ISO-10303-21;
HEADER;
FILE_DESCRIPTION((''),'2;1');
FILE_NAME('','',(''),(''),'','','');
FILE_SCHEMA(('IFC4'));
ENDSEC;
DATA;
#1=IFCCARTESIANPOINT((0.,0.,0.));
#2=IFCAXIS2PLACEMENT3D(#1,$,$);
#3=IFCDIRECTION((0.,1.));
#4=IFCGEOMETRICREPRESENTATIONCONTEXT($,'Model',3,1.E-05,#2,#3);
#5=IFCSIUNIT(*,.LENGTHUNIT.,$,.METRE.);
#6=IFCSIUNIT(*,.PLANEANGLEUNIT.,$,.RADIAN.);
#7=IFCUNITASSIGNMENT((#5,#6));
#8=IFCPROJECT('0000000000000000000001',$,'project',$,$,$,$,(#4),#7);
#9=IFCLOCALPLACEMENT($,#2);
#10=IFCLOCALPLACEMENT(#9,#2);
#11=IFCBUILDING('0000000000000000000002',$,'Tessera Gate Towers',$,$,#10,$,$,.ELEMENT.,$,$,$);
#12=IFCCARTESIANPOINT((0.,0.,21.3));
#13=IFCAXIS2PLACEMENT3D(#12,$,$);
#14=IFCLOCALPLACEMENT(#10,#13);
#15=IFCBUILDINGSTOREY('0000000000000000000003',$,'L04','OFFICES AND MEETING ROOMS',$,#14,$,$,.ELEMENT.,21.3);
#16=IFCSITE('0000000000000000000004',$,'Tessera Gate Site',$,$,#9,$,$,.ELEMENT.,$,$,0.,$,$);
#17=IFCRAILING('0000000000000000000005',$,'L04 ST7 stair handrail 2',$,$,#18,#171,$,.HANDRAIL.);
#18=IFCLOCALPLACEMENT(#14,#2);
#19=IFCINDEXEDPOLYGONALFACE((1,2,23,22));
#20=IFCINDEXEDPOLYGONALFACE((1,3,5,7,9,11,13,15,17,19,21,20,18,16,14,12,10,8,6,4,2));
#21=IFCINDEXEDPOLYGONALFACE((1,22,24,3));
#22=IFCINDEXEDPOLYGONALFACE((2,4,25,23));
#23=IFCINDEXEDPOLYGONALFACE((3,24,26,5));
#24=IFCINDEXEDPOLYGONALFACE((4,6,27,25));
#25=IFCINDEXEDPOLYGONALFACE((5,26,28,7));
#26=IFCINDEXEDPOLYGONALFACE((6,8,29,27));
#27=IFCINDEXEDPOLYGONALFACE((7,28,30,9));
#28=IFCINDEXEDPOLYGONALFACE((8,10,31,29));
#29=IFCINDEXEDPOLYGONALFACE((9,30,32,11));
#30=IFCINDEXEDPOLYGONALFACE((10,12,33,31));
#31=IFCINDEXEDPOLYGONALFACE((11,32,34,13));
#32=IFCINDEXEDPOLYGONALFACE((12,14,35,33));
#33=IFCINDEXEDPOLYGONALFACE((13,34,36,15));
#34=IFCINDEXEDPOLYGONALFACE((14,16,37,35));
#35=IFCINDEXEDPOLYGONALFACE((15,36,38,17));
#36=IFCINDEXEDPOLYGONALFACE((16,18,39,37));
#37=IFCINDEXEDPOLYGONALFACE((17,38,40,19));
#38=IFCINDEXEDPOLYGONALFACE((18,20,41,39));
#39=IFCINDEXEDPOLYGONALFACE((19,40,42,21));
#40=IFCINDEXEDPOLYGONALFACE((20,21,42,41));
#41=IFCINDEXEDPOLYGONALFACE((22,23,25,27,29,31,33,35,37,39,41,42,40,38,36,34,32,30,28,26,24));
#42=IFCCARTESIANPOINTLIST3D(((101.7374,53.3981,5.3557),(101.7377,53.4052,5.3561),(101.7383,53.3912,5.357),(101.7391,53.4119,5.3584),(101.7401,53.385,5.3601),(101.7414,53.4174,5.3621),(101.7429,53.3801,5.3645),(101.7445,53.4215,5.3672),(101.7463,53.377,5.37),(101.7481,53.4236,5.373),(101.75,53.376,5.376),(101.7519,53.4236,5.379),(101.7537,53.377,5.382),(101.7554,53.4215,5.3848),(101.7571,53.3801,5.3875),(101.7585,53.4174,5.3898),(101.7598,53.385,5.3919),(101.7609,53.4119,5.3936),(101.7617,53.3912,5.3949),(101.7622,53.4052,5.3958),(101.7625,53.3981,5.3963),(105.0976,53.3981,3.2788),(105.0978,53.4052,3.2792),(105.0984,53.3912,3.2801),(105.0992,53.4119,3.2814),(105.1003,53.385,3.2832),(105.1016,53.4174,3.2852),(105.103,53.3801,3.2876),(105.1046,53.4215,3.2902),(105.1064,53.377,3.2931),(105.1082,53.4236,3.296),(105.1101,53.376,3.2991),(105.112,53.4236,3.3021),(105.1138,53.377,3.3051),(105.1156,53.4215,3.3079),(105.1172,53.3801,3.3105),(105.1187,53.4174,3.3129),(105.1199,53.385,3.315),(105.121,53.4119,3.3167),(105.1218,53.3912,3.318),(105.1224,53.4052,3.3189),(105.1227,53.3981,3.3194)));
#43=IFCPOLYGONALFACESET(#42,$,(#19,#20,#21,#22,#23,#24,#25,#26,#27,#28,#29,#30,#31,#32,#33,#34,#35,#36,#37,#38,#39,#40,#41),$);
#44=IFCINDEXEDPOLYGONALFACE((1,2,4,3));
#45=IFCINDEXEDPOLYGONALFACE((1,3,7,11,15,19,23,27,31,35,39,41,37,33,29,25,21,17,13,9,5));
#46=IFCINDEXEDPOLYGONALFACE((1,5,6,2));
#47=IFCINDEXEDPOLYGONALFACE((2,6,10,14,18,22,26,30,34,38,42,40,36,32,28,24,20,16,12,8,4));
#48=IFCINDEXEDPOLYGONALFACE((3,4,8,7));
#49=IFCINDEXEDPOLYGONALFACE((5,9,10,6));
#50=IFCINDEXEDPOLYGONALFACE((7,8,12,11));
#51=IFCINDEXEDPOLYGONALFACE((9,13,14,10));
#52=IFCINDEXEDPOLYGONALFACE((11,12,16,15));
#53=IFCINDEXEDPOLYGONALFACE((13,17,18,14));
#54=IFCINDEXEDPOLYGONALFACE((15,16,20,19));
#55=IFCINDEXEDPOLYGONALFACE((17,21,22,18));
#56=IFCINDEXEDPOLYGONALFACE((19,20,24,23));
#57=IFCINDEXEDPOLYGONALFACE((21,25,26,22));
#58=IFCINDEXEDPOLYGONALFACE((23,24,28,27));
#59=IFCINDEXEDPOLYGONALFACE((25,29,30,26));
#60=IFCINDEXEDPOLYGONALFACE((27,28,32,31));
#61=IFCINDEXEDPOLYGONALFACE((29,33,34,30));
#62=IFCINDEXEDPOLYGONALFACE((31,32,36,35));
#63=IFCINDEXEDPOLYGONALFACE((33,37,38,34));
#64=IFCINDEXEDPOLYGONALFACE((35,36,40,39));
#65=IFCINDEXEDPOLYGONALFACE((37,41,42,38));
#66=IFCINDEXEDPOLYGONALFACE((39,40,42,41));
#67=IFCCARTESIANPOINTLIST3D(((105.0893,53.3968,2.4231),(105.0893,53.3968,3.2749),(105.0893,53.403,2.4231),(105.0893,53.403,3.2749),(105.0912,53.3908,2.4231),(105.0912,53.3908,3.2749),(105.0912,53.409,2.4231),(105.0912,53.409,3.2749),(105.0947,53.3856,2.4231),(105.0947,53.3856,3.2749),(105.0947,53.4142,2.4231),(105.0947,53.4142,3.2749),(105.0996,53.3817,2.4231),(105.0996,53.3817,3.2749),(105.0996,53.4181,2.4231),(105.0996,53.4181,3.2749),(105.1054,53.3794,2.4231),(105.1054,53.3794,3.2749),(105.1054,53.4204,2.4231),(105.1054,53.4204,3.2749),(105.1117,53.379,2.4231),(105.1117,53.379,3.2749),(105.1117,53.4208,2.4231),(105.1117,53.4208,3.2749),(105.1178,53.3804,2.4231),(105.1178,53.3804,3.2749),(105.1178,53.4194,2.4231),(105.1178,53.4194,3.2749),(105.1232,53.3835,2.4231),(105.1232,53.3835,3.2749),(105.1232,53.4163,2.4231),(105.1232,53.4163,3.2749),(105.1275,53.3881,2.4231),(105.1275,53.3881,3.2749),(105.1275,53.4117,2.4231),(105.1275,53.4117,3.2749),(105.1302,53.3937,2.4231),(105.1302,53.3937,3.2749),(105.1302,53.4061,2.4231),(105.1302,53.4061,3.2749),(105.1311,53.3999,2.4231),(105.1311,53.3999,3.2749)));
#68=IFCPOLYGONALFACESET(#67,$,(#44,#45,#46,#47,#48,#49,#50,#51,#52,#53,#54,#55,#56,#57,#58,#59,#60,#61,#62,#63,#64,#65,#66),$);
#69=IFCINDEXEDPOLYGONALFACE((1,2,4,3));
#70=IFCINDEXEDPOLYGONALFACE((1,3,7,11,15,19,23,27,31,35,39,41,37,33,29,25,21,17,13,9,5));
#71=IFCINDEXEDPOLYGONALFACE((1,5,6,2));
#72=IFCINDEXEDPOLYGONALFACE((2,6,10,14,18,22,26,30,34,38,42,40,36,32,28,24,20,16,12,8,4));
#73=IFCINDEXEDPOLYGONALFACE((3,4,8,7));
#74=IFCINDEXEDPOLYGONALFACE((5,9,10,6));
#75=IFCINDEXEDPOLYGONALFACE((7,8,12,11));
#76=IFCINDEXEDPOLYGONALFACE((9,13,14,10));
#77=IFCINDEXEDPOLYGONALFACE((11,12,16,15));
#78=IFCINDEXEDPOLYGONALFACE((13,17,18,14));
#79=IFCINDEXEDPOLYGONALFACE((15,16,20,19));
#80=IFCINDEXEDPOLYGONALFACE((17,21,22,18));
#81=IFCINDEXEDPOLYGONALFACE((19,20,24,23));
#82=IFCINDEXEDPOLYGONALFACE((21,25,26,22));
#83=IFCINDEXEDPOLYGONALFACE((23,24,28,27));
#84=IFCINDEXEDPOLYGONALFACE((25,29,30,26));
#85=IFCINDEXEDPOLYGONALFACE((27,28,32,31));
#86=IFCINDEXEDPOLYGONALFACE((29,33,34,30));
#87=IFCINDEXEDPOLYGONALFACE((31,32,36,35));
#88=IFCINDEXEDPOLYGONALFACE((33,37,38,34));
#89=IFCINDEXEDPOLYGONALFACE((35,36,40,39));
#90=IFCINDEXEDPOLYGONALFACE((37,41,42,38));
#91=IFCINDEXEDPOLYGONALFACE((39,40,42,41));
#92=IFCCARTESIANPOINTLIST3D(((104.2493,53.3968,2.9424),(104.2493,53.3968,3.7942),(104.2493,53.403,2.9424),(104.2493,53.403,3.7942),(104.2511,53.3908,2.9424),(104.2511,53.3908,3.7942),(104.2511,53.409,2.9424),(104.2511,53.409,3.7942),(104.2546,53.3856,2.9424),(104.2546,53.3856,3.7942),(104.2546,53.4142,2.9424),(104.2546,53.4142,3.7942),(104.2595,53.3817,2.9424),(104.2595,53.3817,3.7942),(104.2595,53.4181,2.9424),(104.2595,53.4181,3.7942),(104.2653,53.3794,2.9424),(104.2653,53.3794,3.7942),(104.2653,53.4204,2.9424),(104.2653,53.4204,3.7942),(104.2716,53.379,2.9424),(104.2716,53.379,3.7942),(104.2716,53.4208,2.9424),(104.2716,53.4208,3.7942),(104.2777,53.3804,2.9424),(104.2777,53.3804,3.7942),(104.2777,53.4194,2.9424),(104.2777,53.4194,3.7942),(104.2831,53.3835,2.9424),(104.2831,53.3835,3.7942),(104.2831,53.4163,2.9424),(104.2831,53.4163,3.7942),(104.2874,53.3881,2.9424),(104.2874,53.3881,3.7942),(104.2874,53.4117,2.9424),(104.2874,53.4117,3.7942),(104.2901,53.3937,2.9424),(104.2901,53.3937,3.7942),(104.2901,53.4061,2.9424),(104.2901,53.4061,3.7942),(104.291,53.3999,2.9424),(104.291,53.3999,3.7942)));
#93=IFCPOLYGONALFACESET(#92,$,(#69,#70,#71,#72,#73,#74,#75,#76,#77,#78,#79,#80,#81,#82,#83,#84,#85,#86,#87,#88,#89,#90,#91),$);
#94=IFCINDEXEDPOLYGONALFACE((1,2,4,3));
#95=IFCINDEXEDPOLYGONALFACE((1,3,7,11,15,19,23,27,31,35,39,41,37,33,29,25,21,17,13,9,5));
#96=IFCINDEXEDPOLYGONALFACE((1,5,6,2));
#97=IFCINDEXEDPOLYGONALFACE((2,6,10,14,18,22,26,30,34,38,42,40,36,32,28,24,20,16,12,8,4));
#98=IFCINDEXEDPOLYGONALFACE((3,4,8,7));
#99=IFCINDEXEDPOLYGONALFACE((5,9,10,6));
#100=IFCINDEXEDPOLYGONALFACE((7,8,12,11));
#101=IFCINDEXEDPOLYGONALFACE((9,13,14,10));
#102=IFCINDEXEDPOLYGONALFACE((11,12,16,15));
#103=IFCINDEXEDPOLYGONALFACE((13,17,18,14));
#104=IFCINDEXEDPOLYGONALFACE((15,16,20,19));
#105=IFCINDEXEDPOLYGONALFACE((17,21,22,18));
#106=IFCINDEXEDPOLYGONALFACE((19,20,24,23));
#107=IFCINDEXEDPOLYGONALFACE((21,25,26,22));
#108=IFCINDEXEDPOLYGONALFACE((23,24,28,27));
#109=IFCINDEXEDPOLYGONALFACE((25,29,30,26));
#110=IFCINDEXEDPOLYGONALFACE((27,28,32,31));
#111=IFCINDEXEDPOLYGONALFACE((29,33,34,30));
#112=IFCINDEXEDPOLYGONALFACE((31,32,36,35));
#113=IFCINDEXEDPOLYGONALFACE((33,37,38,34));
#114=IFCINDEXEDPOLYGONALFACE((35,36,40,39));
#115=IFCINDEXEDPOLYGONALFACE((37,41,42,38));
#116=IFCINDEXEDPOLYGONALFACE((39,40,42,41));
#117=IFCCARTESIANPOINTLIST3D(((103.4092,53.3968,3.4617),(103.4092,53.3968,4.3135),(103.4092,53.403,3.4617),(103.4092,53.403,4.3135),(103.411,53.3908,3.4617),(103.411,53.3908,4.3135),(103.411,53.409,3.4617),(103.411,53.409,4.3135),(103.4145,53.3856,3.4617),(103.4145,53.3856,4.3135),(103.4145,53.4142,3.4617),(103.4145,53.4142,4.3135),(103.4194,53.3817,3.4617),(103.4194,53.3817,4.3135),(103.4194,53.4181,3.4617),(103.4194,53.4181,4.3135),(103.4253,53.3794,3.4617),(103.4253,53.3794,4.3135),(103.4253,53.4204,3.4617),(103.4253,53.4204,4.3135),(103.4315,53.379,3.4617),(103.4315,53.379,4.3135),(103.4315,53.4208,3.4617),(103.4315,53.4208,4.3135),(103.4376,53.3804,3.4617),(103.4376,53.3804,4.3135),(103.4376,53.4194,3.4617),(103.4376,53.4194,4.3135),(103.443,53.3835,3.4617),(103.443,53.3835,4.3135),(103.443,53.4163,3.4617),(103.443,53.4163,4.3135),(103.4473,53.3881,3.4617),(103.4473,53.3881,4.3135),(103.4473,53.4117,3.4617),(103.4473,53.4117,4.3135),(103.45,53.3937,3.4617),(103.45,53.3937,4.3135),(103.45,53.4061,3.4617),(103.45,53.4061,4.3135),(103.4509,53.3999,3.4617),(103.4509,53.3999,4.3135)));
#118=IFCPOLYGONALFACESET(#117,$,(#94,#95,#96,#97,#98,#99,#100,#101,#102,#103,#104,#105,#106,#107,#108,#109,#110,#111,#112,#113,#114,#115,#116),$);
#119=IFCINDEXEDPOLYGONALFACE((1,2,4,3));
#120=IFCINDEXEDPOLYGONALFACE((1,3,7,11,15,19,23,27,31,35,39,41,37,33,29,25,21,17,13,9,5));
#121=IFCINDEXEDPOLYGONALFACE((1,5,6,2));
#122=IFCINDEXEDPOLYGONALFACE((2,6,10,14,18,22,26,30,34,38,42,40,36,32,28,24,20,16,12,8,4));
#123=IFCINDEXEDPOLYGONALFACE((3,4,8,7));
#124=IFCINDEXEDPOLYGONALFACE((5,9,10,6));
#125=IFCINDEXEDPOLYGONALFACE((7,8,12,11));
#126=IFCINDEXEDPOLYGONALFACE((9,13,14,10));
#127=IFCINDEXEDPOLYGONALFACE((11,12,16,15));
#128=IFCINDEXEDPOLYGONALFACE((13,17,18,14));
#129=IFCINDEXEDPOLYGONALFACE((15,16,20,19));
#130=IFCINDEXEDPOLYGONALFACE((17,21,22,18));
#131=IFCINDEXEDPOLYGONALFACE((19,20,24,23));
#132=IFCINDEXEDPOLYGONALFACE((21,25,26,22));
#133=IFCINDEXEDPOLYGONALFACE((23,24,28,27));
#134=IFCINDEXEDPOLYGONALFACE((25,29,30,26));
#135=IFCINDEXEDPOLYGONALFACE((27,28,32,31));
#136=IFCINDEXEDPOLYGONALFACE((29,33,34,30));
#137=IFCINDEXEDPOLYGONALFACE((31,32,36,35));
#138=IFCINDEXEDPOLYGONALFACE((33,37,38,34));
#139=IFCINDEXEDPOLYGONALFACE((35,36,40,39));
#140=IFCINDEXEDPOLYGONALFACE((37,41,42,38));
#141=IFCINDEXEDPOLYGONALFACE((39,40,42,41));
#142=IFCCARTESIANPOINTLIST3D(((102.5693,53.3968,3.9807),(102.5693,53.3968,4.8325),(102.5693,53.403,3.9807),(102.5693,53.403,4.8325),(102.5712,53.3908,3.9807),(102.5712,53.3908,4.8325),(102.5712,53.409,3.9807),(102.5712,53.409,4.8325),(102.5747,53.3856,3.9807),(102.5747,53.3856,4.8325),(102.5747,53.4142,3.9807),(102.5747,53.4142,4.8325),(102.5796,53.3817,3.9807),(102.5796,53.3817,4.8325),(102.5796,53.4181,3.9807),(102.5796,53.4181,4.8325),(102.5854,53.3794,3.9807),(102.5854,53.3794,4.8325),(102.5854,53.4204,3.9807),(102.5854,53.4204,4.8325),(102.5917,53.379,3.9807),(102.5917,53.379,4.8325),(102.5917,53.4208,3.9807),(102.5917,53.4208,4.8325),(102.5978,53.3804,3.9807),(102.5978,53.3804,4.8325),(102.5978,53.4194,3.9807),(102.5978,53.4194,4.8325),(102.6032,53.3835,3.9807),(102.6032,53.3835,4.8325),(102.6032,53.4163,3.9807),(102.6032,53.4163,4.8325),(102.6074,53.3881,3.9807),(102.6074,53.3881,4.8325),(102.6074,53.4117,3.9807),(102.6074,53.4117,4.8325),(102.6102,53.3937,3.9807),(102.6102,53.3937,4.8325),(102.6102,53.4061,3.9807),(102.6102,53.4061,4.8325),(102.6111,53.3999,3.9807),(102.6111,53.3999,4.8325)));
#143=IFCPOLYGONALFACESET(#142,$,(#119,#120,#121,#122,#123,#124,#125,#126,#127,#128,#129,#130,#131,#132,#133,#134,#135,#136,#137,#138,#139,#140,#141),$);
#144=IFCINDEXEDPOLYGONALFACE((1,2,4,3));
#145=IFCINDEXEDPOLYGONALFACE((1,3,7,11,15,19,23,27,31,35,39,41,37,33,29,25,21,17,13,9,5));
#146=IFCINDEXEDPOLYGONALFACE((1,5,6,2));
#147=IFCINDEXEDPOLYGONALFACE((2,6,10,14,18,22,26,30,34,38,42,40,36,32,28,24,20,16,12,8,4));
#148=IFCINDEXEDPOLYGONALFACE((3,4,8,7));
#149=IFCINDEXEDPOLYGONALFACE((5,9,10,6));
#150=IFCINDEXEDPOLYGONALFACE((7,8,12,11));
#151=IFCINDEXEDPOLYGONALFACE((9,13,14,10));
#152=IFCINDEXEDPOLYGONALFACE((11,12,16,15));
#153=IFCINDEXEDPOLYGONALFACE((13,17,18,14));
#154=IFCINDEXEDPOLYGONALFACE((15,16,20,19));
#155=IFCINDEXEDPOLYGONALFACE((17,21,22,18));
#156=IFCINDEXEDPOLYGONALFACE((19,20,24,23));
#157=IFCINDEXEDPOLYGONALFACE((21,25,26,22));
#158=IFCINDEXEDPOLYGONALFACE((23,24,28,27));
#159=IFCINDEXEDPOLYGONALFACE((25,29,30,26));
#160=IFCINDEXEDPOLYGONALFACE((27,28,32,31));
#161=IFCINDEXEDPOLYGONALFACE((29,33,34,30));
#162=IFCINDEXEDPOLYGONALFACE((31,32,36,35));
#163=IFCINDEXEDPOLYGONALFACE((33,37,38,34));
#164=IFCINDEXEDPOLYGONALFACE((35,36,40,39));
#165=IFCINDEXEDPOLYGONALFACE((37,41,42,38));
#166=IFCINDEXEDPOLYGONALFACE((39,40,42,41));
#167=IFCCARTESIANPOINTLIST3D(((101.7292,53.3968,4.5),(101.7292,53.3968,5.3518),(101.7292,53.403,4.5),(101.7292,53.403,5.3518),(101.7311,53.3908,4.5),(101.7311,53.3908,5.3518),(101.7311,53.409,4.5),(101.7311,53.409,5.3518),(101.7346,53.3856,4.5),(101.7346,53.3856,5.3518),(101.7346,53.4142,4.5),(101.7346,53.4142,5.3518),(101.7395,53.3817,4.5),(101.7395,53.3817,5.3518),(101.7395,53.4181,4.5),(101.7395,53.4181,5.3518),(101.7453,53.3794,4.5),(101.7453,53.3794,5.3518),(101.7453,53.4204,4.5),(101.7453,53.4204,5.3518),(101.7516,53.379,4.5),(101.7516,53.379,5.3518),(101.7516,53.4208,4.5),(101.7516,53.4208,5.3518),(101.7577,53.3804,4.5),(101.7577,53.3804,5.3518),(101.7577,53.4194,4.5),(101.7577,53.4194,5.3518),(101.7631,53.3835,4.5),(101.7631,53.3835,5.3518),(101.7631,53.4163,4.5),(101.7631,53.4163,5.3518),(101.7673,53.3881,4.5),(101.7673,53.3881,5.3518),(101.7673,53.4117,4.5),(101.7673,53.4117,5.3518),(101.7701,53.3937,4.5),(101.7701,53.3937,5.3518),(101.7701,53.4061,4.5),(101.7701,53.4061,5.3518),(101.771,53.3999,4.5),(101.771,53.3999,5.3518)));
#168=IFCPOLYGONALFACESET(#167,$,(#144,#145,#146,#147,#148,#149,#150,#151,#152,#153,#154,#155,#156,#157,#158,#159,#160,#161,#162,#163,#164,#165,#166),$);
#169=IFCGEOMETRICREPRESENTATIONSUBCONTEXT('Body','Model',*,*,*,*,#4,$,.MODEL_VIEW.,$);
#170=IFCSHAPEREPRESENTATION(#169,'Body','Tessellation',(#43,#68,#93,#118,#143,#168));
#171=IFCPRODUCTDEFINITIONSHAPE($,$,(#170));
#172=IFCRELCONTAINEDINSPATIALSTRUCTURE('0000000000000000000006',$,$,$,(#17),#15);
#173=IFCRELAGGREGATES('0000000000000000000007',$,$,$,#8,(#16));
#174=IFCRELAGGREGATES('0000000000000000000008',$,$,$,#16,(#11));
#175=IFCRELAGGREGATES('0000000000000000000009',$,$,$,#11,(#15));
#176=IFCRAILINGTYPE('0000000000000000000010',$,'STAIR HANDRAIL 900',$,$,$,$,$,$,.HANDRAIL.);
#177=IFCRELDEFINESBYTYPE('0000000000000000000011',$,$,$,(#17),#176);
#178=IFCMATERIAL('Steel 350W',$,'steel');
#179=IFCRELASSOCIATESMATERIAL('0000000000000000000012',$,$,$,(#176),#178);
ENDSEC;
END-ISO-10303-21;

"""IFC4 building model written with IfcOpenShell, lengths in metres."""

from ifc_helpers import new_model, si_unit, direction, frame, origin, origin_2d, place, context, subcontext, project, spatial, circle, extrude, material, type_object, element, save


model = new_model("IFC4")

# Units and contexts
model_context = context("Model", 3, precision=1e-05, world=origin(), true_north=direction((0.0, 1.0)))
body_context = subcontext(model_context, "Body", "Model", "MODEL_VIEW")
ifc_project = project(units=[si_unit("LENGTHUNIT", "METRE"), si_unit("PLANEANGLEUNIT", "RADIAN")], contexts=[model_context])

# Site, building, storey
site_placement = place(None, origin())
site = spatial("IfcSite", under=ifc_project, at=site_placement, Name="Tessera Gate Site", CompositionType="ELEMENT", RefElevation=0.0)
building_placement = place(site_placement, origin())
building = spatial("IfcBuilding", under=site, at=building_placement, Name="Tessera Gate Towers", CompositionType="ELEMENT")
storey_placement = place(building_placement, frame((0.0, 0.0, 21.3)))
storey = spatial("IfcBuildingStorey", under=building, at=storey_placement, Name="L04", Description="OFFICES AND MEETING ROOMS", CompositionType="ELEMENT", Elevation=21.3)

# Railing
ifc_material_1 = material(Name="Steel 350W", Category="steel")
railing_type_1 = type_object("IfcRailingType", Name="STAIR HANDRAIL 900", PredefinedType="HANDRAIL", material=ifc_material_1)
railing_1_placement = place(storey_placement, frame((105.1101, 53.3999, 2.4231)))
element("IfcRailing", 1, at=railing_1_placement, inside=storey, type_object=railing_type_1, Name="L04 ST7 stair handrail 2", PredefinedType="HANDRAIL", context=body_context, shape_type="SweptSolid", body=[
    extrude(circle(Radius=0.0239, at=origin_2d()), frame((0.0, 0.0, 0.876), z_axis=(-0.850623, 0.0, 0.525776), x_axis=(0.0, -1.0, 0.0)), (0.0, 0.0, 1.0), 3.9502),
    extrude(circle(Radius=0.021, at=origin_2d()), origin(), (0.0, 0.0, 1.0), 0.8518),
    extrude(circle(Radius=0.021, at=origin_2d()), frame((-0.8401, 0.0, 0.5193)), (0.0, 0.0, 1.0), 0.8518),
    extrude(circle(Radius=0.021, at=origin_2d()), frame((-1.6802, 0.0, 1.0386)), (0.0, 0.0, 1.0), 0.8518),
    extrude(circle(Radius=0.021, at=origin_2d()), frame((-2.52, 0.0, 1.5576)), (0.0, 0.0, 1.0), 0.8518),
    extrude(circle(Radius=0.021, at=origin_2d()), frame((-3.3601, 0.0, 2.0769)), (0.0, 0.0, 1.0), 0.8518),
])

save(model, "model.ifc")
